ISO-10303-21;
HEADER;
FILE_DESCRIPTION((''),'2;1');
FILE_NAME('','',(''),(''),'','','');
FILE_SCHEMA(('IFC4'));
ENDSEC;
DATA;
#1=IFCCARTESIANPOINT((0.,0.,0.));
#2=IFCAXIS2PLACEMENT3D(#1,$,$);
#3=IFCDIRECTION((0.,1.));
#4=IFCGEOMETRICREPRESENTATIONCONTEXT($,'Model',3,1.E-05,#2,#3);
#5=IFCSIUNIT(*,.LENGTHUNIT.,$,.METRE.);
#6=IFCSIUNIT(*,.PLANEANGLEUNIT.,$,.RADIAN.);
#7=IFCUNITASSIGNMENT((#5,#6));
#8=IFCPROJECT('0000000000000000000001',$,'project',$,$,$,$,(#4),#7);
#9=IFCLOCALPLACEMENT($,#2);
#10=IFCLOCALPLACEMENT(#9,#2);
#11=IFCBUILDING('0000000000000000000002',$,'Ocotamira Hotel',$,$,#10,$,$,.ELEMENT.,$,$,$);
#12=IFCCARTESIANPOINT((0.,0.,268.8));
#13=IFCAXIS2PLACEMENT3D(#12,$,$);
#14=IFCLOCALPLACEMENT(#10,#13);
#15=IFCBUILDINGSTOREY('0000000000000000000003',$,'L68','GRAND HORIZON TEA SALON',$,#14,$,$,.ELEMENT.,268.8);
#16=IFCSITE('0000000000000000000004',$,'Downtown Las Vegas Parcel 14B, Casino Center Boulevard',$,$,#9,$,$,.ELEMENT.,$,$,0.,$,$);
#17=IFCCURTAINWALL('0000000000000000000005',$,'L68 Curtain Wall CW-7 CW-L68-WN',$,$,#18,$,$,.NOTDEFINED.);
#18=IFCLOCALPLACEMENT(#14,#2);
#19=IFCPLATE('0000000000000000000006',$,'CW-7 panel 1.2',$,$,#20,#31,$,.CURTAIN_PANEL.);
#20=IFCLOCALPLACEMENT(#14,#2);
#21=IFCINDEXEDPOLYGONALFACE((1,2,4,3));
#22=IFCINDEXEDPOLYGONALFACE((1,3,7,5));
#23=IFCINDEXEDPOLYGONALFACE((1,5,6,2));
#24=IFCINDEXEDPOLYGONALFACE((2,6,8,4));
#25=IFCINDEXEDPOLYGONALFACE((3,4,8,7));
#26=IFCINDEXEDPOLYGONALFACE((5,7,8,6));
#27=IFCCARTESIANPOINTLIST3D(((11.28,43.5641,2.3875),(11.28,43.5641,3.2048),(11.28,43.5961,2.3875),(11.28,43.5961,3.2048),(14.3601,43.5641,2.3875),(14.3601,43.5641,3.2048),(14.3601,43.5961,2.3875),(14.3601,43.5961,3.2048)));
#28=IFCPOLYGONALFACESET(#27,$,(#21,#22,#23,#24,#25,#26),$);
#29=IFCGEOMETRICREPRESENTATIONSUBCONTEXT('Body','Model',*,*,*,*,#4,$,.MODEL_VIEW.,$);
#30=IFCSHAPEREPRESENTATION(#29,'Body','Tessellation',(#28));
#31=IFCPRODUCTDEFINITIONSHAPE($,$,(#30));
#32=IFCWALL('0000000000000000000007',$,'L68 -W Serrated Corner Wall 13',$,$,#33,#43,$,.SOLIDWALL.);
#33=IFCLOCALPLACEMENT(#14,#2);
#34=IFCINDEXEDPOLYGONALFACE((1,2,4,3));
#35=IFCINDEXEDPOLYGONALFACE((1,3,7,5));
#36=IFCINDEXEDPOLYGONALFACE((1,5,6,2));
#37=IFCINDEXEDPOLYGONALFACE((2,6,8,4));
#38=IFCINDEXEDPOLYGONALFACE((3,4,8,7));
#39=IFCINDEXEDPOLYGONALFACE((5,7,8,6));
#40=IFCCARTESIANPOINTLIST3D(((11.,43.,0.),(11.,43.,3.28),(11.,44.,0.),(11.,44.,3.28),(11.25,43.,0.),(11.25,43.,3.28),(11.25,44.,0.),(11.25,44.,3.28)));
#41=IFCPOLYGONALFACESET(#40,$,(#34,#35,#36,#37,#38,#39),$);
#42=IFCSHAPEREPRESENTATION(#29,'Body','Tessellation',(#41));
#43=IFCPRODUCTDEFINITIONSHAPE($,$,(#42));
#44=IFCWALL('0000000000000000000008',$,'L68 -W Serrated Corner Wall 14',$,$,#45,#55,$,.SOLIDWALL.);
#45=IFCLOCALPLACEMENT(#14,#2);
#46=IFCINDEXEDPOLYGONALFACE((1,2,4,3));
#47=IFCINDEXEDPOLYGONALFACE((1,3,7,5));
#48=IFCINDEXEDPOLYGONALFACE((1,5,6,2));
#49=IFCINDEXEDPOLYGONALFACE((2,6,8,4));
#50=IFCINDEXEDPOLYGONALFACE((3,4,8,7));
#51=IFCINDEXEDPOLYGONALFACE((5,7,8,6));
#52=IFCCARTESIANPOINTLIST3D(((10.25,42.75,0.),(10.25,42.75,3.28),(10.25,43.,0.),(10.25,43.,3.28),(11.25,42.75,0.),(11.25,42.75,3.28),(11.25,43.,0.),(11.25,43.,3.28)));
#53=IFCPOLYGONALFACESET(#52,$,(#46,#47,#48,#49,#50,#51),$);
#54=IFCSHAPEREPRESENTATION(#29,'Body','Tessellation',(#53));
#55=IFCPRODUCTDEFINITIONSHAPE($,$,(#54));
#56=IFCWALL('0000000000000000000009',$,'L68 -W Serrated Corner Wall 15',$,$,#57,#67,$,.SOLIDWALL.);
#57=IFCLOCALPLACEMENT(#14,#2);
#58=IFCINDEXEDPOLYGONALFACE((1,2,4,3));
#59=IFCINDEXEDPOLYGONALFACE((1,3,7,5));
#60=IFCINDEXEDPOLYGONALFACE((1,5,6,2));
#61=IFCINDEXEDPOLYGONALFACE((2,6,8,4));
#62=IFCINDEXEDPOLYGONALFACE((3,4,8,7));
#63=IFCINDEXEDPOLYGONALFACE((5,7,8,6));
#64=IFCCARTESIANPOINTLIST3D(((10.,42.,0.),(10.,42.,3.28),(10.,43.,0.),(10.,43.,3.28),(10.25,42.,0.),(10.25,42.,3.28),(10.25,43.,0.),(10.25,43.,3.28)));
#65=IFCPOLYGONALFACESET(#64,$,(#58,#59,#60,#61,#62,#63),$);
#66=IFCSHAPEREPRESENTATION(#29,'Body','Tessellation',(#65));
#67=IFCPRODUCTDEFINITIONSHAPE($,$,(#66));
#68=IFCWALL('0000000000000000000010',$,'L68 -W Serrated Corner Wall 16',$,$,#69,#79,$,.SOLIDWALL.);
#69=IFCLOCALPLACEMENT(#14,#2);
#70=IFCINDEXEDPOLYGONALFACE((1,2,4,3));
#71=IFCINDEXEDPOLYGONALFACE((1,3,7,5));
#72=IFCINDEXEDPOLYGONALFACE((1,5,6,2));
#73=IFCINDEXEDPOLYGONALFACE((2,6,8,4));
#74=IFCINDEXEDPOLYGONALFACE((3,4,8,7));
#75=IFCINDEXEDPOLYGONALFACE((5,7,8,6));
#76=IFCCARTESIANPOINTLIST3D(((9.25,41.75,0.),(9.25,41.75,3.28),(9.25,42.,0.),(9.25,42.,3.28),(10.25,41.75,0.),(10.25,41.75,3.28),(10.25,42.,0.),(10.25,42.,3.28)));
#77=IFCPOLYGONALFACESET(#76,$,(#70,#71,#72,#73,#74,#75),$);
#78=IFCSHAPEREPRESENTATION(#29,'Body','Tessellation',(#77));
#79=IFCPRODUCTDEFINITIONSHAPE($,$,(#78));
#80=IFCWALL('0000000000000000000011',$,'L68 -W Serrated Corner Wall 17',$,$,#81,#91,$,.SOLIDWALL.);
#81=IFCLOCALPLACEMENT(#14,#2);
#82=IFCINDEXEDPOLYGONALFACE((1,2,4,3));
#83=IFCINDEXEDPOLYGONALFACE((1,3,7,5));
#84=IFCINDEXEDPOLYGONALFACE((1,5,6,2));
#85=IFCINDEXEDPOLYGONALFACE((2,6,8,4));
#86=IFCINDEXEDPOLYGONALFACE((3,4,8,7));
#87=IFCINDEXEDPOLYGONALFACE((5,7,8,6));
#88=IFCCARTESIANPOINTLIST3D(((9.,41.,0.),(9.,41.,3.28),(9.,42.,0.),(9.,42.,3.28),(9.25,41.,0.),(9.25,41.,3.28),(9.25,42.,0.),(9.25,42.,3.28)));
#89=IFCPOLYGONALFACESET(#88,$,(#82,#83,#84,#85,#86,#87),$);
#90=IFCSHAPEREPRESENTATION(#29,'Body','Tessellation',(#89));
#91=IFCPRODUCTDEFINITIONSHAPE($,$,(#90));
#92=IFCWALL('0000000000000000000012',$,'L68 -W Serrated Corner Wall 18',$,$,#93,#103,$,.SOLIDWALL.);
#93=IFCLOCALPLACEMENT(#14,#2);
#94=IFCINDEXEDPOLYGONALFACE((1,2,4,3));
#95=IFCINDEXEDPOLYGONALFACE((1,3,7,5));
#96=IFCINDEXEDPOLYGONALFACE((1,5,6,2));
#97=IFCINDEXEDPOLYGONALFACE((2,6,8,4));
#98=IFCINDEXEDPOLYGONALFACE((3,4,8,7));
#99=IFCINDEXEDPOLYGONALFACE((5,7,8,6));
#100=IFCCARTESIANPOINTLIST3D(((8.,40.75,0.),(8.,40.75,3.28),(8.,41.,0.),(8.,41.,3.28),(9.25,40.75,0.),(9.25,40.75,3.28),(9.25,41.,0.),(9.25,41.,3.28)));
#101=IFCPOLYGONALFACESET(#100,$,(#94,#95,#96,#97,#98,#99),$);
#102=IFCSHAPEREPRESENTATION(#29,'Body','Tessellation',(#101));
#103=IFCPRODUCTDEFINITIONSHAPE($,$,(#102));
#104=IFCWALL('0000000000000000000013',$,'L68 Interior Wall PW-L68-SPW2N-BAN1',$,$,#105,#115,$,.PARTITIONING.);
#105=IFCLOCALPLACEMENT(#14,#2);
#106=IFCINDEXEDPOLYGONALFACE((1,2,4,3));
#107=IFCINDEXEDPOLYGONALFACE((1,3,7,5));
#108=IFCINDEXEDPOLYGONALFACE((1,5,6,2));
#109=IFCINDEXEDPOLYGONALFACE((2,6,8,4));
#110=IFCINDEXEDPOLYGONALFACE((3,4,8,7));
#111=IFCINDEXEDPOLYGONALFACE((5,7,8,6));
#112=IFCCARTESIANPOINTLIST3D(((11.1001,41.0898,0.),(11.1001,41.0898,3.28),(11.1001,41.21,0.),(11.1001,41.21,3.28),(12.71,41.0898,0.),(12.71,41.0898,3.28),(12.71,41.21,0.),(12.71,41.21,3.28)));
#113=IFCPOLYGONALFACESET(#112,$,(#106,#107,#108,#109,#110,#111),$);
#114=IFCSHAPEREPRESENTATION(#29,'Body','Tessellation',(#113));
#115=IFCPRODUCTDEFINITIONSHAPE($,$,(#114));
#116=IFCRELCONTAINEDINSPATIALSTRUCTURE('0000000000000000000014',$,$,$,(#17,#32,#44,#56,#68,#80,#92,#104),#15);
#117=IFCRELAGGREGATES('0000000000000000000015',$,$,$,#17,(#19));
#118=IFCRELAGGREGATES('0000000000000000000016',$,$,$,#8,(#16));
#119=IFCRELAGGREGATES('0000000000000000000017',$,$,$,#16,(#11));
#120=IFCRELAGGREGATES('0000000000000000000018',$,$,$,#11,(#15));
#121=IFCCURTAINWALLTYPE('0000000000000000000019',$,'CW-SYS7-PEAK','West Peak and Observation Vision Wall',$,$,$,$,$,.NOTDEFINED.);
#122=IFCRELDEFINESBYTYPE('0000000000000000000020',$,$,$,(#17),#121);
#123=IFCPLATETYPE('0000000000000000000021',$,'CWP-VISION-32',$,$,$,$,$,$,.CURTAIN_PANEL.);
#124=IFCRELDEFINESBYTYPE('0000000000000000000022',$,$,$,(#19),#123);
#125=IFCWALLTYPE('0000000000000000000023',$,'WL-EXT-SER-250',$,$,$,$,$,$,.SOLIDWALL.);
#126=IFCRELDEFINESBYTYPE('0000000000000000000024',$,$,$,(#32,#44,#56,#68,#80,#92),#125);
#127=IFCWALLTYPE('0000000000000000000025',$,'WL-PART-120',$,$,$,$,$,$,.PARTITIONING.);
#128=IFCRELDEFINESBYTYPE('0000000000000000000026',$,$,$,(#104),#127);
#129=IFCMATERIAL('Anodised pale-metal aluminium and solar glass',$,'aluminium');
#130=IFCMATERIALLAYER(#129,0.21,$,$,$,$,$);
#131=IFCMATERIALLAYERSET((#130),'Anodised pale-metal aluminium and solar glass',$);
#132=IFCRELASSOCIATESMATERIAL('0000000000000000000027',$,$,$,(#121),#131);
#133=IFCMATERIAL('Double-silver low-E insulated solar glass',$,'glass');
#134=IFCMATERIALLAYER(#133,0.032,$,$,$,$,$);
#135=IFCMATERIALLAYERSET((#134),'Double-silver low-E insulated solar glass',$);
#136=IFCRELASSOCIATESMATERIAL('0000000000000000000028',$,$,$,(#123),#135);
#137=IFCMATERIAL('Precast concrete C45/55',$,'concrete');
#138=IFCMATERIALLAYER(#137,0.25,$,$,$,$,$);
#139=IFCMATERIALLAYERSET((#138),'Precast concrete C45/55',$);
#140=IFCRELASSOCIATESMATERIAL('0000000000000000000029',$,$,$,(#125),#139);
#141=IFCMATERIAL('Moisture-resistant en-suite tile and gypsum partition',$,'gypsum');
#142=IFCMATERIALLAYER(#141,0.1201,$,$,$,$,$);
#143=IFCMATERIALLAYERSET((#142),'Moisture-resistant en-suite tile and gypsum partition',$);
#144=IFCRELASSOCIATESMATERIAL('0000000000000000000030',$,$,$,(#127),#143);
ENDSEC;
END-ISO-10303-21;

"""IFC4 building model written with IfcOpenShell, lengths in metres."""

from ifc_helpers import new_model, si_unit, direction, frame, frame_2d, origin, origin_2d, place, context, subcontext, project, spatial, rectangle, extrude, source, transform, mapped, material, layer, layer_set, type_object, element, aggregate, save


model = new_model("IFC4")

# Units and contexts
model_context = context("Model", 3, precision=1e-05, world=origin(), true_north=direction((0.0, 1.0)))
body_context = subcontext(model_context, "Body", "Model", "MODEL_VIEW")
ifc_project = project(units=[si_unit("LENGTHUNIT", "METRE"), si_unit("PLANEANGLEUNIT", "RADIAN")], contexts=[model_context])

# Site, building, storey
site_placement = place(None, origin())
site = spatial("IfcSite", under=ifc_project, at=site_placement, Name="Downtown Las Vegas Parcel 14B, Casino Center Boulevard", CompositionType="ELEMENT", RefElevation=0.0)
building_placement = place(site_placement, origin())
building = spatial("IfcBuilding", under=site, at=building_placement, Name="Ocotamira Hotel", CompositionType="ELEMENT")
storey_placement = place(building_placement, frame((0.0, 0.0, 268.8)))
storey = spatial("IfcBuildingStorey", under=building, at=storey_placement, Name="L68", Description="GRAND HORIZON TEA SALON", CompositionType="ELEMENT", Elevation=268.8)

# Curtain wall, plate
ifc_material_1 = material(Name="Anodised pale-metal aluminium and solar glass", Category="aluminium")
ifc_layer_1 = layer(ifc_material_1, 0.21)
ifc_layer_set_1 = layer_set([ifc_layer_1], Name="Anodised pale-metal aluminium and solar glass")
curtain_wall_type = type_object("IfcCurtainWallType", Name="CW-SYS7-PEAK", Description="West Peak and Observation Vision Wall", PredefinedType="NOTDEFINED", material=ifc_layer_set_1)
curtain_wall_placement = place(storey_placement, origin())
curtain_wall = element("IfcCurtainWall", 1, at=curtain_wall_placement, inside=storey, type_object=curtain_wall_type, Name="L68 Curtain Wall CW-7 CW-L68-WN", PredefinedType="NOTDEFINED")
ifc_material_2 = material(Name="Double-silver low-E insulated solar glass", Category="glass")
ifc_layer_2 = layer(ifc_material_2, 0.032)
ifc_layer_set_2 = layer_set([ifc_layer_2], Name="Double-silver low-E insulated solar glass")
plate_type = type_object("IfcPlateType", Name="CWP-VISION-32", PredefinedType="CURTAIN_PANEL", material=ifc_layer_set_2)
shared_shape_1 = source(origin(), body_context, "Body", "SweptSolid", [
    extrude(rectangle(XDim=3.0801, YDim=0.032, at=origin_2d()), origin(), (0.0, 0.0, 1.0), 0.8174),
])
plate_1_placement = place(storey_placement, frame((12.8201, 43.5801, 2.3875), z_axis=(0.0, 0.0, 1.0), x_axis=(1.0, 0.0, 0.0)))
plate_1 = element("IfcPlate", 2, at=plate_1_placement, type_object=plate_type, Name="CW-7 panel 1.2", PredefinedType="CURTAIN_PANEL", context=body_context, shape_type="MappedRepresentation", body=[
    mapped(shared_shape_1, transform((0.0, 0.0, 0.0), scale=1.0)),
])
aggregate(curtain_wall, [plate_1])

# Walls
ifc_material_3 = material(Name="Precast concrete C45/55", Category="concrete")
ifc_layer_3 = layer(ifc_material_3, 0.25)
ifc_layer_set_3 = layer_set([ifc_layer_3], Name="Precast concrete C45/55")
wall_type_1 = type_object("IfcWallType", Name="WL-EXT-SER-250", PredefinedType="SOLIDWALL", material=ifc_layer_set_3)
for number, where, z_axis, x_axis, name in (
    (3, (11.125, 44.0, 0.0), (0.0, 0.0, 1.0), (0.0, -1.0, 0.0), "L68 -W Serrated Corner Wall 13"),
    (4, (11.25, 42.875, 0.0), (0.0, 0.0, 1.0), (-1.0, 0.0, 0.0), "L68 -W Serrated Corner Wall 14"),
    (5, (10.125, 43.0, 0.0), (0.0, 0.0, 1.0), (0.0, -1.0, 0.0), "L68 -W Serrated Corner Wall 15"),
    (6, (10.25, 41.875, 0.0), (0.0, 0.0, 1.0), (-1.0, 0.0, 0.0), "L68 -W Serrated Corner Wall 16"),
    (7, (9.125, 42.0, 0.0), (0.0, 0.0, 1.0), (0.0, -1.0, 0.0), "L68 -W Serrated Corner Wall 17"),
):
    element("IfcWall", number, at=place(storey_placement, frame(where, z_axis=z_axis, x_axis=x_axis)), inside=storey, type_object=wall_type_1, Name=name, PredefinedType="SOLIDWALL", context=body_context, shape_type="SweptSolid", body=[
        extrude(rectangle(XDim=1.0, YDim=0.25, at=frame_2d((0.5, 0.0))), origin(), (0.0, 0.0, 1.0), 3.28),
    ])
wall_1_placement = place(storey_placement, frame((9.25, 40.875, 0.0), z_axis=(0.0, 0.0, 1.0), x_axis=(-1.0, 0.0, 0.0)))
element("IfcWall", 8, at=wall_1_placement, inside=storey, type_object=wall_type_1, Name="L68 -W Serrated Corner Wall 18", PredefinedType="SOLIDWALL", context=body_context, shape_type="SweptSolid", body=[
    extrude(rectangle(XDim=1.25, YDim=0.25, at=frame_2d((0.625, 0.0))), origin(), (0.0, 0.0, 1.0), 3.28),
])
ifc_material_4 = material(Name="Moisture-resistant en-suite tile and gypsum partition", Category="gypsum")
ifc_layer_4 = layer(ifc_material_4, 0.1201)
ifc_layer_set_4 = layer_set([ifc_layer_4], Name="Moisture-resistant en-suite tile and gypsum partition")
wall_type_2 = type_object("IfcWallType", Name="WL-PART-120", PredefinedType="PARTITIONING", material=ifc_layer_set_4)
wall_2_placement = place(storey_placement, frame((11.1001, 41.1499, 0.0), z_axis=(0.0, 0.0, 1.0), x_axis=(1.0, 0.0, 0.0)))
element("IfcWall", 9, at=wall_2_placement, inside=storey, type_object=wall_type_2, Name="L68 Interior Wall PW-L68-SPW2N-BAN1", PredefinedType="PARTITIONING", context=body_context, shape_type="SweptSolid", body=[
    extrude(rectangle(XDim=1.6099, YDim=0.1201, at=frame_2d((0.8049, 0.0))), origin(), (0.0, 0.0, 1.0), 3.28),
])

save(model, "model.ifc")
